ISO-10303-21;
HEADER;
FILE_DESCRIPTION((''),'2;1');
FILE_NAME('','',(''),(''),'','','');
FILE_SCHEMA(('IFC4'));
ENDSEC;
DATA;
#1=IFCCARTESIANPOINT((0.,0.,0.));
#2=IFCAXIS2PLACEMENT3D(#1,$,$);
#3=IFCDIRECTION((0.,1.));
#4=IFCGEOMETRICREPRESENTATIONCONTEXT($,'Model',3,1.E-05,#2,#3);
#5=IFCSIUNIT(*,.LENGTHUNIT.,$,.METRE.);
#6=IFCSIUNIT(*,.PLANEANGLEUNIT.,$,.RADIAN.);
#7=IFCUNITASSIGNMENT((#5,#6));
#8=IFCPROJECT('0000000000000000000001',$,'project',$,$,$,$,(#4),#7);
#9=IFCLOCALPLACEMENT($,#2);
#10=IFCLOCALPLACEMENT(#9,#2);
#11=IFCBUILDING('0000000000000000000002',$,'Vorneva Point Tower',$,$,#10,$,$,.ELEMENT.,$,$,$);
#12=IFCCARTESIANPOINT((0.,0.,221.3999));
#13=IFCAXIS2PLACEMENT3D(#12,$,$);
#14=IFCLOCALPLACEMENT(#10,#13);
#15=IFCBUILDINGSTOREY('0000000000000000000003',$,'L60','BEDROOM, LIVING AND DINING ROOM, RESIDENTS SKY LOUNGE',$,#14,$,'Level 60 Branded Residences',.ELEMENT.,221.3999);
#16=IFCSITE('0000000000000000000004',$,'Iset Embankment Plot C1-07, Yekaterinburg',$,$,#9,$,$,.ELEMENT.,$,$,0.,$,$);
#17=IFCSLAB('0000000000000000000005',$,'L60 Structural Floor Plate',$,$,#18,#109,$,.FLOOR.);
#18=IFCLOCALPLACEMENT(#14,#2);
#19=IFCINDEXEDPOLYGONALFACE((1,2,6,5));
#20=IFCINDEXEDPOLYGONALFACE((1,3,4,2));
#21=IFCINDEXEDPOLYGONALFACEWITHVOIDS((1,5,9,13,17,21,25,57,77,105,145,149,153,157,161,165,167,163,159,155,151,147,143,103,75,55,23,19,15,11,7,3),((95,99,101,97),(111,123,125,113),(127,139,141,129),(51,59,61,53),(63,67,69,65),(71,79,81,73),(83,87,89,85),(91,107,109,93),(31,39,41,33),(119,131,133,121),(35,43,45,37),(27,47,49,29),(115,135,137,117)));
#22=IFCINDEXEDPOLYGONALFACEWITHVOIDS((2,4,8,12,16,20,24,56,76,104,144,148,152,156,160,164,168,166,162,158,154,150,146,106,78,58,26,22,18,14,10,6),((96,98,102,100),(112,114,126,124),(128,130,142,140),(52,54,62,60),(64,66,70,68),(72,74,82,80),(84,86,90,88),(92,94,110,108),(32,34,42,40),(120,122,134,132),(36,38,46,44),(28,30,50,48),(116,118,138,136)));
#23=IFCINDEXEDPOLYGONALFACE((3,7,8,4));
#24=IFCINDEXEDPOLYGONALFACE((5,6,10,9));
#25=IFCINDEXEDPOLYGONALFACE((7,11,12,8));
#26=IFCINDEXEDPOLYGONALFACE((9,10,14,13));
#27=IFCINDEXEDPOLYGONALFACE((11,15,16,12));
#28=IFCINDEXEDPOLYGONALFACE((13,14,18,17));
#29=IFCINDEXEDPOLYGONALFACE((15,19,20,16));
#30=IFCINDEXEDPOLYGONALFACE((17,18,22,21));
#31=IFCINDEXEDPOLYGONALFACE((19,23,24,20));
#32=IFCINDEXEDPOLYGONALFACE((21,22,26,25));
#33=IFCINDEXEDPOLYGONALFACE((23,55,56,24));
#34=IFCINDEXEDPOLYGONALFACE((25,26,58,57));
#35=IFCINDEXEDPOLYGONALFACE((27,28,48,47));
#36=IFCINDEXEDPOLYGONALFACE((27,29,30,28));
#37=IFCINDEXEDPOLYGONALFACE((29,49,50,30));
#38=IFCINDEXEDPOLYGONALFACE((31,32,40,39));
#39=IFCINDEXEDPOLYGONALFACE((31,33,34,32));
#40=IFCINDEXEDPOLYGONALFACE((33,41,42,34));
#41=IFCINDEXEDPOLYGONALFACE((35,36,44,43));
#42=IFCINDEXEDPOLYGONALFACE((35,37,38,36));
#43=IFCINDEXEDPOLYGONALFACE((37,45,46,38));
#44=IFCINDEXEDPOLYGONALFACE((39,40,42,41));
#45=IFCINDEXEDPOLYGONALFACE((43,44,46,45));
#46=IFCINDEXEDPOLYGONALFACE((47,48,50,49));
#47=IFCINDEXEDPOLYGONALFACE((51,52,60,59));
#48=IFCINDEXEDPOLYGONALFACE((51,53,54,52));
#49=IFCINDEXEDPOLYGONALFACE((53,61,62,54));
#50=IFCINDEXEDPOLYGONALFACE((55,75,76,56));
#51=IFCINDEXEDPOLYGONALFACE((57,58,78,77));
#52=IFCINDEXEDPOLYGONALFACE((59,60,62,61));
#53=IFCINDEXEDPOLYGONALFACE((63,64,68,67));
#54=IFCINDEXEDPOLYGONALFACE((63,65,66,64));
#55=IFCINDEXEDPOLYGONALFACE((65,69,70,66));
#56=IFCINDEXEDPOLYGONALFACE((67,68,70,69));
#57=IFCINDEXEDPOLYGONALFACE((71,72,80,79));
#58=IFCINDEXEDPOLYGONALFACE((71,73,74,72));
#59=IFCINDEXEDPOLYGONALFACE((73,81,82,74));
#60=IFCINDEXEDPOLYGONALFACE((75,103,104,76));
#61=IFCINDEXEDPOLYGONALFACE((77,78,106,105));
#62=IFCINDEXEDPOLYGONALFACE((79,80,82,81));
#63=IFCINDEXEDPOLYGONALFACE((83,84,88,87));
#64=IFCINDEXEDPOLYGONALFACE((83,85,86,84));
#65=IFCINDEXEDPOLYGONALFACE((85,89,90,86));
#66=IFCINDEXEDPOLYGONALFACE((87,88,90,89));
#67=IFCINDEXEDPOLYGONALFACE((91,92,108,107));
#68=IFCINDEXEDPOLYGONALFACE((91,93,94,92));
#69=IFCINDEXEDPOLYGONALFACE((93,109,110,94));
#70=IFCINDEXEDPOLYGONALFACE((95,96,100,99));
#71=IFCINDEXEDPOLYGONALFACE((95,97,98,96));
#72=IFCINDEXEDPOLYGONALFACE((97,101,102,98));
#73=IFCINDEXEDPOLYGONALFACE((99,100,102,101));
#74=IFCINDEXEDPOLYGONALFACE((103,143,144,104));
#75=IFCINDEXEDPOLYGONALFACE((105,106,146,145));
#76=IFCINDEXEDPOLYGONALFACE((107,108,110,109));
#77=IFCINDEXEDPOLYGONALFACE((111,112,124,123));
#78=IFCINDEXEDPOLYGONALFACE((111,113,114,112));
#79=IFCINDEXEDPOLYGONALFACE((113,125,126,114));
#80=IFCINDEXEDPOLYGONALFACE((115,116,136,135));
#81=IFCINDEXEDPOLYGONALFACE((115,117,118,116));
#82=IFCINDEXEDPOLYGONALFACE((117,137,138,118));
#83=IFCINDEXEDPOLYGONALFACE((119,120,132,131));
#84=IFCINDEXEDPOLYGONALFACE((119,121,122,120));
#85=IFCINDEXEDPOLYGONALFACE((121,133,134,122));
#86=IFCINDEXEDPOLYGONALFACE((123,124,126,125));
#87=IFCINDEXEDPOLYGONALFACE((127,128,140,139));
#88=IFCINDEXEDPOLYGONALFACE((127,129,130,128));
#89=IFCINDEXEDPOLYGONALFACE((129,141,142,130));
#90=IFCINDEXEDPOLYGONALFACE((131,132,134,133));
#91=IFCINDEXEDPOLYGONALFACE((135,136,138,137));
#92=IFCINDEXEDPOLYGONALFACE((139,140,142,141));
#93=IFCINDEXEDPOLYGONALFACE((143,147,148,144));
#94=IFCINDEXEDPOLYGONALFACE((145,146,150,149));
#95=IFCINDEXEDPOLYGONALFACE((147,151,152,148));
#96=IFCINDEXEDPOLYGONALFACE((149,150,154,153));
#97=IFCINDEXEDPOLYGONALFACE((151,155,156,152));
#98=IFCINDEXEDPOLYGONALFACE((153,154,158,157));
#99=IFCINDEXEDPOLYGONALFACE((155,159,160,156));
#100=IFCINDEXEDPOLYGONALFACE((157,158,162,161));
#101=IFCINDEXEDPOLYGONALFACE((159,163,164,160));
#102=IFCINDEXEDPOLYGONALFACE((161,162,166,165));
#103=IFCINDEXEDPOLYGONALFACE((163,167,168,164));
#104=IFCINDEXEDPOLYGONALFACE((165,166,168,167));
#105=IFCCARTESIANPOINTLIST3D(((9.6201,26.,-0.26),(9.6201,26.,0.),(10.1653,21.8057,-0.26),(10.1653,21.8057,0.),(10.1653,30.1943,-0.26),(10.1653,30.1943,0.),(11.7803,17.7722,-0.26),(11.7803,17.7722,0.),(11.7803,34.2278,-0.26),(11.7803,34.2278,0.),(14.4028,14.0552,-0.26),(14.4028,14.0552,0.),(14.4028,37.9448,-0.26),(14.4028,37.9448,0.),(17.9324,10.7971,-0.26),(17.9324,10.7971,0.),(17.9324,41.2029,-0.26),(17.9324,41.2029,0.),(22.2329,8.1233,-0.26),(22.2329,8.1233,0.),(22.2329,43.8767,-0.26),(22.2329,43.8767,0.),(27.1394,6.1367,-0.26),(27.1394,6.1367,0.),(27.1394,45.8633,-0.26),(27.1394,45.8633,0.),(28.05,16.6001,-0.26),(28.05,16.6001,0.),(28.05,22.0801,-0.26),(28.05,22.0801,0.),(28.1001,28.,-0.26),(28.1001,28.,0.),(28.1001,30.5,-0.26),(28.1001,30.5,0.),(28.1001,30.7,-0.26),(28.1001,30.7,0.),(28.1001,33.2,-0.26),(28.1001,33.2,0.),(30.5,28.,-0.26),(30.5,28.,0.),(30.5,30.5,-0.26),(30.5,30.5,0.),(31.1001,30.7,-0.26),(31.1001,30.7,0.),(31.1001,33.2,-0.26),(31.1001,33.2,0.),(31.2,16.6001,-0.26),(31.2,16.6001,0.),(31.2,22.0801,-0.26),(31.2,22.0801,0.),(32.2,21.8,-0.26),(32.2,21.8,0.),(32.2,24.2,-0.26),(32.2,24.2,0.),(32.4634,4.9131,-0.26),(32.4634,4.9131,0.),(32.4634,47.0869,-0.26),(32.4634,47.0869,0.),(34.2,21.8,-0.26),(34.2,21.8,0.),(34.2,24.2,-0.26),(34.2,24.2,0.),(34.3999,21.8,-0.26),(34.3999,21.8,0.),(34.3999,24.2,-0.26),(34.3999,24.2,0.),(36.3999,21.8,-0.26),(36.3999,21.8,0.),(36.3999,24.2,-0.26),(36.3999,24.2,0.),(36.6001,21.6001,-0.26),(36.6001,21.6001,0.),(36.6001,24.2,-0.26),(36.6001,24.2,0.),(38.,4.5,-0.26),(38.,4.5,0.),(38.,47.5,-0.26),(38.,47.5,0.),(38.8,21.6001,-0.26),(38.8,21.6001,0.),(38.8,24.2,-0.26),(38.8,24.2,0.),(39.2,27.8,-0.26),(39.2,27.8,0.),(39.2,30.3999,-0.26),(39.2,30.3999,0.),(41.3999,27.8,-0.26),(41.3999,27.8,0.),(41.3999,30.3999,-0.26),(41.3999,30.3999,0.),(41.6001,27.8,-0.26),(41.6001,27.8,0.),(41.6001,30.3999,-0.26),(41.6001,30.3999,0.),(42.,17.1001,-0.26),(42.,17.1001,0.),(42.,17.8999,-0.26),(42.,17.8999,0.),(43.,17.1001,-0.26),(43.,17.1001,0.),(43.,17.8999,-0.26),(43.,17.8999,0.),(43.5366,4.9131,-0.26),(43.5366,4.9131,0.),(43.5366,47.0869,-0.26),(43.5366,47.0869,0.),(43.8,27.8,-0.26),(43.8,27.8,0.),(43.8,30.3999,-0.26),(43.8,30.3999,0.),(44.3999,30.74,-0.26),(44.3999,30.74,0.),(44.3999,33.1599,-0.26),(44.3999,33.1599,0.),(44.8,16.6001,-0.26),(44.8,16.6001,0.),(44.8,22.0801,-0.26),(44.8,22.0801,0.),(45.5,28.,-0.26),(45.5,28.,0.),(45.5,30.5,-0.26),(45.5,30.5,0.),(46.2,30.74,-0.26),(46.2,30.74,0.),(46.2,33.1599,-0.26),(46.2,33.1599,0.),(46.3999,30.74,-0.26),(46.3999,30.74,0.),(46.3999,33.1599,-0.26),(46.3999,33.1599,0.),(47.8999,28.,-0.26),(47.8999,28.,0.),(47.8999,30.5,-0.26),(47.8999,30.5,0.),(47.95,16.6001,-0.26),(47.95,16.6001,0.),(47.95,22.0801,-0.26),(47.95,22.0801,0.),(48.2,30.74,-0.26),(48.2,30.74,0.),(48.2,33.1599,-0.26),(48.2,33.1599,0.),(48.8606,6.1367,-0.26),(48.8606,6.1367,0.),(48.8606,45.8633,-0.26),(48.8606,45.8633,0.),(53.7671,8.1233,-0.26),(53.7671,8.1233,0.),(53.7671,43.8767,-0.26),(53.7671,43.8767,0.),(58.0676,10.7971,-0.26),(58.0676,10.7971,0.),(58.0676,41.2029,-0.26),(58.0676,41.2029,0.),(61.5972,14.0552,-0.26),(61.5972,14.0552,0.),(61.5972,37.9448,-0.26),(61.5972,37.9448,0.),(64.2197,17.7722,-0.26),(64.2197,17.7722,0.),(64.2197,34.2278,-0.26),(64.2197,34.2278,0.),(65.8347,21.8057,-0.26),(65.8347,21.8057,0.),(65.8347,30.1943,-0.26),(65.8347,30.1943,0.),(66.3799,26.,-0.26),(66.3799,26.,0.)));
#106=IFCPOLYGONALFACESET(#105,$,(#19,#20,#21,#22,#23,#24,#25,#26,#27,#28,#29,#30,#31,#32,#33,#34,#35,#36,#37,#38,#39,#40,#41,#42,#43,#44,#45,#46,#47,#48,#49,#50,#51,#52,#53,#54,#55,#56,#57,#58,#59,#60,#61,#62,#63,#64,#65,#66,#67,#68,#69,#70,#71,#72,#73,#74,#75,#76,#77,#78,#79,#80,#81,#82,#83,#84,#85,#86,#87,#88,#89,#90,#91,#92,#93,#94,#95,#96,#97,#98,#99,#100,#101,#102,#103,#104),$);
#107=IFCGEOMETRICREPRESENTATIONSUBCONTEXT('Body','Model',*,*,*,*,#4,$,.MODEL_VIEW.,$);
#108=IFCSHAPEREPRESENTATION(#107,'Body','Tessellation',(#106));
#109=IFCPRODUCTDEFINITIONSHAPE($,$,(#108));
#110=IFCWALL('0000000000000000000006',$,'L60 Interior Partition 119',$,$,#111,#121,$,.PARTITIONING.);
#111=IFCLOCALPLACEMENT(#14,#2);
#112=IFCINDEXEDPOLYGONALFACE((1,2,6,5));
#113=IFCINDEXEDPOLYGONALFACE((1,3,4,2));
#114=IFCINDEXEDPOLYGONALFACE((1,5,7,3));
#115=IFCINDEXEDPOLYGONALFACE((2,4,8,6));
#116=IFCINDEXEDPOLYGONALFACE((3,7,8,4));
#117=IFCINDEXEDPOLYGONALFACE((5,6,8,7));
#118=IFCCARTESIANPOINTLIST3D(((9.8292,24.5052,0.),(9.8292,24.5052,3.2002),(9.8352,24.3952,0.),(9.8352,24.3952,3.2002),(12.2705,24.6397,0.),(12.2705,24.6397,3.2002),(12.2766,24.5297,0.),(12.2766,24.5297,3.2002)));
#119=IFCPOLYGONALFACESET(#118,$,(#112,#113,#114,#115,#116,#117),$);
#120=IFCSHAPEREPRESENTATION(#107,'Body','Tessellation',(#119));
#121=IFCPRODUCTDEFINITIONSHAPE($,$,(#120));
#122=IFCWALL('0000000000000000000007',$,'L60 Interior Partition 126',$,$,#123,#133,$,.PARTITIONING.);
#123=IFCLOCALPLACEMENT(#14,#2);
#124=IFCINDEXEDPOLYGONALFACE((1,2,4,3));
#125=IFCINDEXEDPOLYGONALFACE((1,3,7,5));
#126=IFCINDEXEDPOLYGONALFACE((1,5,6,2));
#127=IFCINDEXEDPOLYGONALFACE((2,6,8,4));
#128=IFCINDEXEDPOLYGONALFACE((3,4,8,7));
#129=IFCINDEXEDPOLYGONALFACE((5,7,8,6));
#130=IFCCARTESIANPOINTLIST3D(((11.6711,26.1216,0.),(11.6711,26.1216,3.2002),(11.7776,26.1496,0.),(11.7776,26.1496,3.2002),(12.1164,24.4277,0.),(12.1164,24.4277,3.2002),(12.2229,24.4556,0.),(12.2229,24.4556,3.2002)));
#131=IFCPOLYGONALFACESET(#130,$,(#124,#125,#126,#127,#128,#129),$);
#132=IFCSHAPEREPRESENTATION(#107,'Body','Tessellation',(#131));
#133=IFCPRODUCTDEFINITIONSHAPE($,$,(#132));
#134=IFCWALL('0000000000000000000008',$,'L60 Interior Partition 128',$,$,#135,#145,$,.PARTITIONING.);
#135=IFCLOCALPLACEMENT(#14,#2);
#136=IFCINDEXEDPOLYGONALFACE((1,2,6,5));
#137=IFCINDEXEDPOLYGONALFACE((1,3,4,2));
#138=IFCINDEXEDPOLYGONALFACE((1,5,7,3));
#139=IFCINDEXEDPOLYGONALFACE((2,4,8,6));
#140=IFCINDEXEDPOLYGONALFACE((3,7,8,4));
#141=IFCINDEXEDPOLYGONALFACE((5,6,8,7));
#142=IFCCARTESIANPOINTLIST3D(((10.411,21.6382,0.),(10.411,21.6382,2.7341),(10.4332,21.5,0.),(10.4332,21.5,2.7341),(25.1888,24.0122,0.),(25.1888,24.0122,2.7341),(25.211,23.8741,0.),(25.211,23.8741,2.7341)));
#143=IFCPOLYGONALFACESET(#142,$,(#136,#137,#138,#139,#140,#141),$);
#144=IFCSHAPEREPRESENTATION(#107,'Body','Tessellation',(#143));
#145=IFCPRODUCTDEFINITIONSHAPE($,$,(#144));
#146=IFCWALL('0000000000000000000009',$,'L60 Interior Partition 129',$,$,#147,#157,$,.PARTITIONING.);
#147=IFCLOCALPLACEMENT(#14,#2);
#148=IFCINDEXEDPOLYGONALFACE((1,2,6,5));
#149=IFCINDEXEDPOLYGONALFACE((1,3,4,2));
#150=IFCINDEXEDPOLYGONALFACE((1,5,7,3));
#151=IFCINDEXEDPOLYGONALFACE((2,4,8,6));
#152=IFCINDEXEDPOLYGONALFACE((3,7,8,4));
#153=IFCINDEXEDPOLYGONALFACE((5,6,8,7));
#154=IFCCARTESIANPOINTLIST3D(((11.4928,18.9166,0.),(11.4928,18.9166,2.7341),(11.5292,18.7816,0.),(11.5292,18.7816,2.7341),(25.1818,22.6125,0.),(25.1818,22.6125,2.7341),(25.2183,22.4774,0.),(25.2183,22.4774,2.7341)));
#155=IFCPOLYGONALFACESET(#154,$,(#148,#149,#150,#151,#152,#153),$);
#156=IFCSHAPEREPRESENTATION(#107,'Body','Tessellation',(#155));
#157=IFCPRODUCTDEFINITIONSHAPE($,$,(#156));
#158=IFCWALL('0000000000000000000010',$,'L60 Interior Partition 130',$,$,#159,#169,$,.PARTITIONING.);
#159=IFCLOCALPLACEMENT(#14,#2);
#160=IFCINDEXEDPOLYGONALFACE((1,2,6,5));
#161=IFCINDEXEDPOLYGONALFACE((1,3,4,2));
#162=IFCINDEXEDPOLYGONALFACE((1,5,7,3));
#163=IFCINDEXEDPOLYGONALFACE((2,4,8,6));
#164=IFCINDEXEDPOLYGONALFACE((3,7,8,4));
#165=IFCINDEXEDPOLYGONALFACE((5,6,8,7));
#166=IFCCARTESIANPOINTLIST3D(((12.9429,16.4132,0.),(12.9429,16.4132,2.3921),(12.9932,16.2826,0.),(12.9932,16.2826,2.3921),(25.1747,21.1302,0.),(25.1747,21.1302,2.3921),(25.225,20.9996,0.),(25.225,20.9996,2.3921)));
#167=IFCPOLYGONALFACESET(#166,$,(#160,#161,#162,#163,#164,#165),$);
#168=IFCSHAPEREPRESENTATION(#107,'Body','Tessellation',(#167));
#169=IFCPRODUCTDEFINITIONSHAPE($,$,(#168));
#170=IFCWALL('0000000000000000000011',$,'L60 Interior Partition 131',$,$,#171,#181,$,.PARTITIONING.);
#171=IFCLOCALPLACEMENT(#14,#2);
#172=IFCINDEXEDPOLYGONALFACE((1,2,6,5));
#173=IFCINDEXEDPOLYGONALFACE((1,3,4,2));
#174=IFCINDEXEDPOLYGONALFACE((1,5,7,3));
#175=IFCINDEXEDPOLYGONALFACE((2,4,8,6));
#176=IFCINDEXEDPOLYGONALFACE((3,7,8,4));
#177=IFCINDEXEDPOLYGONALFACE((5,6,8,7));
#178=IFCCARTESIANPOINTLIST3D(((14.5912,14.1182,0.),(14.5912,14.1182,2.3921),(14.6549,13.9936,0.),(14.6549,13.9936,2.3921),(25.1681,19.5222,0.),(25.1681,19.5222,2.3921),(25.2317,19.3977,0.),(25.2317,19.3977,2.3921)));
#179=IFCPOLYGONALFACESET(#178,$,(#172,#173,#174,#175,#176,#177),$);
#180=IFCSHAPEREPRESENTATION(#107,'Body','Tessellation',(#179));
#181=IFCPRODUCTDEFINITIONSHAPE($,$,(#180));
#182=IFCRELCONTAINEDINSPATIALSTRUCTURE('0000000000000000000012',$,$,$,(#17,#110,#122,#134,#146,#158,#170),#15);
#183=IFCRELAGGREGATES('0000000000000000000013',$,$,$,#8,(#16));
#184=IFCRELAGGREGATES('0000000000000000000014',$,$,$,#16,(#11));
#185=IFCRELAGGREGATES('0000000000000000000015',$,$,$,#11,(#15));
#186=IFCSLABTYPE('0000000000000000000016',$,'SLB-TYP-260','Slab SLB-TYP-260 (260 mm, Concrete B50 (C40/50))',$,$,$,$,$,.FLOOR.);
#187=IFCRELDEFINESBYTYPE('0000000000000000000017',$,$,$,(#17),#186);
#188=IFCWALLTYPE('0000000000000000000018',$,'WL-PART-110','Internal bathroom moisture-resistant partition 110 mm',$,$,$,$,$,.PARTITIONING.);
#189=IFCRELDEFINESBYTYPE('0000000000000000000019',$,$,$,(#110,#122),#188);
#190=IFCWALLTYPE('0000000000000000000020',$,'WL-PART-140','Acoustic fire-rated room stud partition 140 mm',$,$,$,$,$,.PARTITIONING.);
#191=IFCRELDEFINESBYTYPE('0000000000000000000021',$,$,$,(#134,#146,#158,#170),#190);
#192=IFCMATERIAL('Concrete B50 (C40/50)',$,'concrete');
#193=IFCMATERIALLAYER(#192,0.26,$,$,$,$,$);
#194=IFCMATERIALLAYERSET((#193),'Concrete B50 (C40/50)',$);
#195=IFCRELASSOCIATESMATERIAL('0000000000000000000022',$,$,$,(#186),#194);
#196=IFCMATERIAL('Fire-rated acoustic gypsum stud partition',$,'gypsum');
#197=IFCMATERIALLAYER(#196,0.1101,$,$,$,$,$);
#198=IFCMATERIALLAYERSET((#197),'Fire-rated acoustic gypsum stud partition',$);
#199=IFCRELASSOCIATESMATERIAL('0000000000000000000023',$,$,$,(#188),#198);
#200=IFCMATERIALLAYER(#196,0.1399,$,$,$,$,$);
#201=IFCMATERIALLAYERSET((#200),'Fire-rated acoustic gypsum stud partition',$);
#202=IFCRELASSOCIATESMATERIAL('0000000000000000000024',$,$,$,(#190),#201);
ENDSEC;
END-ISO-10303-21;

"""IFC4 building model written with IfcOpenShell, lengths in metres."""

from ifc_helpers import new_model, si_unit, direction, frame, frame_2d, origin, place, context, subcontext, project, spatial, polyline, rectangle, outline, extrude, material, layer, layer_set, type_object, element, save


model = new_model("IFC4")

# Units and contexts
model_context = context("Model", 3, precision=1e-05, world=origin(), true_north=direction((0.0, 1.0)))
body_context = subcontext(model_context, "Body", "Model", "MODEL_VIEW")
ifc_project = project(units=[si_unit("LENGTHUNIT", "METRE"), si_unit("PLANEANGLEUNIT", "RADIAN")], contexts=[model_context])

# Site, building, storey
site_placement = place(None, origin())
site = spatial("IfcSite", under=ifc_project, at=site_placement, Name="Iset Embankment Plot C1-07, Yekaterinburg", CompositionType="ELEMENT", RefElevation=0.0)
building_placement = place(site_placement, origin())
building = spatial("IfcBuilding", under=site, at=building_placement, Name="Vorneva Point Tower", CompositionType="ELEMENT")
storey_placement = place(building_placement, frame((0.0, 0.0, 221.3999)))
storey = spatial("IfcBuildingStorey", under=building, at=storey_placement, Name="L60", Description="BEDROOM, LIVING AND DINING ROOM, RESIDENTS SKY LOUNGE", LongName="Level 60 Branded Residences", CompositionType="ELEMENT", Elevation=221.3999)

# Shared definitions
ifc_material_1 = material(Name="Concrete B50 (C40/50)", Category="concrete")

# Slab
ifc_layer_1 = layer(ifc_material_1, 0.26)
ifc_layer_set_1 = layer_set([ifc_layer_1], Name="Concrete B50 (C40/50)")
slab_type_1 = type_object("IfcSlabType", Name="SLB-TYP-260", Description="Slab SLB-TYP-260 (260 mm, Concrete B50 (C40/50))", PredefinedType="FLOOR", material=ifc_layer_set_1)
slab_1_placement = place(storey_placement, frame((0.0, 0.0, -0.26)))
element("IfcSlab", 1, at=slab_1_placement, inside=storey, type_object=slab_type_1, Name="L60 Structural Floor Plate", PredefinedType="FLOOR", context=body_context, shape_type="SweptSolid", body=[
    extrude(outline(polyline([(66.3799, 26.0), (65.8347, 30.1943), (64.2197, 34.2278), (61.5972, 37.9448), (58.0676, 41.2029), (53.7671, 43.8767), (48.8606, 45.8633), (43.5366, 47.0869), (38.0, 47.5), (32.4634, 47.0869), (27.1394, 45.8633), (22.2329, 43.8767), (17.9324, 41.2029), (14.4028, 37.9448), (11.7803, 34.2278), (10.1653, 30.1943), (9.6201, 26.0), (10.1653, 21.8057), (11.7803, 17.7722), (14.4028, 14.0552), (17.9324, 10.7971), (22.2329, 8.1233), (27.1394, 6.1367), (32.4634, 4.9131), (38.0, 4.5), (43.5366, 4.9131), (48.8606, 6.1367), (53.7671, 8.1233), (58.0676, 10.7971), (61.5972, 14.0552), (64.2197, 17.7722), (65.8347, 21.8057), (66.3799, 26.0)]), holes=[polyline([(32.2, 21.8), (34.2, 21.8), (34.2, 24.2), (32.2, 24.2), (32.2, 21.8)]), polyline([(34.3999, 21.8), (36.3999, 21.8), (36.3999, 24.2), (34.3999, 24.2), (34.3999, 21.8)]), polyline([(36.6001, 21.6001), (38.8, 21.6001), (38.8, 24.2), (36.6001, 24.2), (36.6001, 21.6001)]), polyline([(39.2, 27.8), (41.3999, 27.8), (41.3999, 30.3999), (39.2, 30.3999), (39.2, 27.8)]), polyline([(41.6001, 27.8), (43.8, 27.8), (43.8, 30.3999), (41.6001, 30.3999), (41.6001, 27.8)]), polyline([(44.3999, 30.74), (46.2, 30.74), (46.2, 33.1599), (44.3999, 33.1599), (44.3999, 30.74)]), polyline([(46.3999, 30.74), (48.2, 30.74), (48.2, 33.1599), (46.3999, 33.1599), (46.3999, 30.74)]), polyline([(28.1001, 28.0), (30.5, 28.0), (30.5, 30.5), (28.1001, 30.5), (28.1001, 28.0)]), polyline([(45.5, 28.0), (47.8999, 28.0), (47.8999, 30.5), (45.5, 30.5), (45.5, 28.0)]), polyline([(28.1001, 30.7), (31.1001, 30.7), (31.1001, 33.2), (28.1001, 33.2), (28.1001, 30.7)]), polyline([(28.05, 16.6001), (31.2, 16.6001), (31.2, 22.0801), (28.05, 22.0801), (28.05, 16.6001)]), polyline([(44.8, 16.6001), (47.95, 16.6001), (47.95, 22.0801), (44.8, 22.0801), (44.8, 16.6001)]), polyline([(42.0, 17.1001), (43.0, 17.1001), (43.0, 17.8999), (42.0, 17.8999), (42.0, 17.1001)])]), origin(), (0.0, 0.0, 1.0), 0.26),
])

# Walls
ifc_material_2 = material(Name="Fire-rated acoustic gypsum stud partition", Category="gypsum")
ifc_layer_2 = layer(ifc_material_2, 0.1101)
ifc_layer_set_2 = layer_set([ifc_layer_2], Name="Fire-rated acoustic gypsum stud partition")
wall_type_1 = type_object("IfcWallType", Name="WL-PART-110", Description="Internal bathroom moisture-resistant partition 110 mm", PredefinedType="PARTITIONING", material=ifc_layer_set_2)
wall_1_placement = place(storey_placement, frame((12.2737, 24.5847, 0.0), z_axis=(0.0, 0.0, 1.0), x_axis=(-0.998485, -0.055017, 0.0)))
element("IfcWall", 2, at=wall_1_placement, inside=storey, type_object=wall_type_1, Name="L60 Interior Partition 119", PredefinedType="PARTITIONING", context=body_context, shape_type="SweptSolid", body=[
    extrude(rectangle(XDim=2.4451, YDim=0.1101, at=frame_2d((1.2227, 0.0))), origin(), (0.0, 0.0, 1.0), 3.2002),
])
wall_2_placement = place(storey_placement, frame((12.1697, 24.4417, 0.0), z_axis=(0.0, 0.0, 1.0), x_axis=(-0.25426, 0.967136, 0.0)))
element("IfcWall", 3, at=wall_2_placement, inside=storey, type_object=wall_type_1, Name="L60 Interior Partition 126", PredefinedType="PARTITIONING", context=body_context, shape_type="SweptSolid", body=[
    extrude(rectangle(XDim=1.7515, YDim=0.1101, at=frame_2d((0.8757, 0.0))), origin(), (0.0, 0.0, 1.0), 3.2002),
])
ifc_layer_3 = layer(ifc_material_2, 0.1399)
ifc_layer_set_3 = layer_set([ifc_layer_3], Name="Fire-rated acoustic gypsum stud partition")
wall_type_2 = type_object("IfcWallType", Name="WL-PART-140", Description="Acoustic fire-rated room stud partition 140 mm", PredefinedType="PARTITIONING", material=ifc_layer_set_3)
wall_3_placement = place(storey_placement, frame((10.4221, 21.5691, 0.0), z_axis=(0.0, 0.0, 1.0), x_axis=(0.987341, 0.158614, 0.0)))
element("IfcWall", 4, at=wall_3_placement, inside=storey, type_object=wall_type_2, Name="L60 Interior Partition 128", PredefinedType="PARTITIONING", context=body_context, shape_type="SweptSolid", body=[
    extrude(rectangle(XDim=14.9673, YDim=0.1399, at=frame_2d((7.4836, 0.0))), origin(), (0.0, 0.0, 1.0), 2.7341),
])
wall_4_placement = place(storey_placement, frame((11.511, 18.8491, 0.0), z_axis=(0.0, 0.0, 1.0), x_axis=(0.965433, 0.260651, 0.0)))
element("IfcWall", 5, at=wall_4_placement, inside=storey, type_object=wall_type_2, Name="L60 Interior Partition 129", PredefinedType="PARTITIONING", context=body_context, shape_type="SweptSolid", body=[
    extrude(rectangle(XDim=14.1792, YDim=0.1399, at=frame_2d((7.0896, 0.0))), origin(), (0.0, 0.0, 1.0), 2.7341),
])
wall_5_placement = place(storey_placement, frame((12.968, 16.3479, 0.0), z_axis=(0.0, 0.0, 1.0), x_axis=(0.933027, 0.359806, 0.0)))
element("IfcWall", 6, at=wall_5_placement, inside=storey, type_object=wall_type_2, Name="L60 Interior Partition 130", PredefinedType="PARTITIONING", context=body_context, shape_type="SweptSolid", body=[
    extrude(rectangle(XDim=13.1099, YDim=0.1399, at=frame_2d((6.5549, 0.0))), origin(), (0.0, 0.0, 1.0), 2.3921),
])
wall_6_placement = place(storey_placement, frame((14.623, 14.0559, 0.0), z_axis=(0.0, 0.0, 1.0), x_axis=(0.8905, 0.454983, 0.0)))
element("IfcWall", 7, at=wall_6_placement, inside=storey, type_object=wall_type_2, Name="L60 Interior Partition 131", PredefinedType="PARTITIONING", context=body_context, shape_type="SweptSolid", body=[
    extrude(rectangle(XDim=11.8774, YDim=0.1399, at=frame_2d((5.9387, 0.0))), origin(), (0.0, 0.0, 1.0), 2.3921),
])

save(model, "model.ifc")
